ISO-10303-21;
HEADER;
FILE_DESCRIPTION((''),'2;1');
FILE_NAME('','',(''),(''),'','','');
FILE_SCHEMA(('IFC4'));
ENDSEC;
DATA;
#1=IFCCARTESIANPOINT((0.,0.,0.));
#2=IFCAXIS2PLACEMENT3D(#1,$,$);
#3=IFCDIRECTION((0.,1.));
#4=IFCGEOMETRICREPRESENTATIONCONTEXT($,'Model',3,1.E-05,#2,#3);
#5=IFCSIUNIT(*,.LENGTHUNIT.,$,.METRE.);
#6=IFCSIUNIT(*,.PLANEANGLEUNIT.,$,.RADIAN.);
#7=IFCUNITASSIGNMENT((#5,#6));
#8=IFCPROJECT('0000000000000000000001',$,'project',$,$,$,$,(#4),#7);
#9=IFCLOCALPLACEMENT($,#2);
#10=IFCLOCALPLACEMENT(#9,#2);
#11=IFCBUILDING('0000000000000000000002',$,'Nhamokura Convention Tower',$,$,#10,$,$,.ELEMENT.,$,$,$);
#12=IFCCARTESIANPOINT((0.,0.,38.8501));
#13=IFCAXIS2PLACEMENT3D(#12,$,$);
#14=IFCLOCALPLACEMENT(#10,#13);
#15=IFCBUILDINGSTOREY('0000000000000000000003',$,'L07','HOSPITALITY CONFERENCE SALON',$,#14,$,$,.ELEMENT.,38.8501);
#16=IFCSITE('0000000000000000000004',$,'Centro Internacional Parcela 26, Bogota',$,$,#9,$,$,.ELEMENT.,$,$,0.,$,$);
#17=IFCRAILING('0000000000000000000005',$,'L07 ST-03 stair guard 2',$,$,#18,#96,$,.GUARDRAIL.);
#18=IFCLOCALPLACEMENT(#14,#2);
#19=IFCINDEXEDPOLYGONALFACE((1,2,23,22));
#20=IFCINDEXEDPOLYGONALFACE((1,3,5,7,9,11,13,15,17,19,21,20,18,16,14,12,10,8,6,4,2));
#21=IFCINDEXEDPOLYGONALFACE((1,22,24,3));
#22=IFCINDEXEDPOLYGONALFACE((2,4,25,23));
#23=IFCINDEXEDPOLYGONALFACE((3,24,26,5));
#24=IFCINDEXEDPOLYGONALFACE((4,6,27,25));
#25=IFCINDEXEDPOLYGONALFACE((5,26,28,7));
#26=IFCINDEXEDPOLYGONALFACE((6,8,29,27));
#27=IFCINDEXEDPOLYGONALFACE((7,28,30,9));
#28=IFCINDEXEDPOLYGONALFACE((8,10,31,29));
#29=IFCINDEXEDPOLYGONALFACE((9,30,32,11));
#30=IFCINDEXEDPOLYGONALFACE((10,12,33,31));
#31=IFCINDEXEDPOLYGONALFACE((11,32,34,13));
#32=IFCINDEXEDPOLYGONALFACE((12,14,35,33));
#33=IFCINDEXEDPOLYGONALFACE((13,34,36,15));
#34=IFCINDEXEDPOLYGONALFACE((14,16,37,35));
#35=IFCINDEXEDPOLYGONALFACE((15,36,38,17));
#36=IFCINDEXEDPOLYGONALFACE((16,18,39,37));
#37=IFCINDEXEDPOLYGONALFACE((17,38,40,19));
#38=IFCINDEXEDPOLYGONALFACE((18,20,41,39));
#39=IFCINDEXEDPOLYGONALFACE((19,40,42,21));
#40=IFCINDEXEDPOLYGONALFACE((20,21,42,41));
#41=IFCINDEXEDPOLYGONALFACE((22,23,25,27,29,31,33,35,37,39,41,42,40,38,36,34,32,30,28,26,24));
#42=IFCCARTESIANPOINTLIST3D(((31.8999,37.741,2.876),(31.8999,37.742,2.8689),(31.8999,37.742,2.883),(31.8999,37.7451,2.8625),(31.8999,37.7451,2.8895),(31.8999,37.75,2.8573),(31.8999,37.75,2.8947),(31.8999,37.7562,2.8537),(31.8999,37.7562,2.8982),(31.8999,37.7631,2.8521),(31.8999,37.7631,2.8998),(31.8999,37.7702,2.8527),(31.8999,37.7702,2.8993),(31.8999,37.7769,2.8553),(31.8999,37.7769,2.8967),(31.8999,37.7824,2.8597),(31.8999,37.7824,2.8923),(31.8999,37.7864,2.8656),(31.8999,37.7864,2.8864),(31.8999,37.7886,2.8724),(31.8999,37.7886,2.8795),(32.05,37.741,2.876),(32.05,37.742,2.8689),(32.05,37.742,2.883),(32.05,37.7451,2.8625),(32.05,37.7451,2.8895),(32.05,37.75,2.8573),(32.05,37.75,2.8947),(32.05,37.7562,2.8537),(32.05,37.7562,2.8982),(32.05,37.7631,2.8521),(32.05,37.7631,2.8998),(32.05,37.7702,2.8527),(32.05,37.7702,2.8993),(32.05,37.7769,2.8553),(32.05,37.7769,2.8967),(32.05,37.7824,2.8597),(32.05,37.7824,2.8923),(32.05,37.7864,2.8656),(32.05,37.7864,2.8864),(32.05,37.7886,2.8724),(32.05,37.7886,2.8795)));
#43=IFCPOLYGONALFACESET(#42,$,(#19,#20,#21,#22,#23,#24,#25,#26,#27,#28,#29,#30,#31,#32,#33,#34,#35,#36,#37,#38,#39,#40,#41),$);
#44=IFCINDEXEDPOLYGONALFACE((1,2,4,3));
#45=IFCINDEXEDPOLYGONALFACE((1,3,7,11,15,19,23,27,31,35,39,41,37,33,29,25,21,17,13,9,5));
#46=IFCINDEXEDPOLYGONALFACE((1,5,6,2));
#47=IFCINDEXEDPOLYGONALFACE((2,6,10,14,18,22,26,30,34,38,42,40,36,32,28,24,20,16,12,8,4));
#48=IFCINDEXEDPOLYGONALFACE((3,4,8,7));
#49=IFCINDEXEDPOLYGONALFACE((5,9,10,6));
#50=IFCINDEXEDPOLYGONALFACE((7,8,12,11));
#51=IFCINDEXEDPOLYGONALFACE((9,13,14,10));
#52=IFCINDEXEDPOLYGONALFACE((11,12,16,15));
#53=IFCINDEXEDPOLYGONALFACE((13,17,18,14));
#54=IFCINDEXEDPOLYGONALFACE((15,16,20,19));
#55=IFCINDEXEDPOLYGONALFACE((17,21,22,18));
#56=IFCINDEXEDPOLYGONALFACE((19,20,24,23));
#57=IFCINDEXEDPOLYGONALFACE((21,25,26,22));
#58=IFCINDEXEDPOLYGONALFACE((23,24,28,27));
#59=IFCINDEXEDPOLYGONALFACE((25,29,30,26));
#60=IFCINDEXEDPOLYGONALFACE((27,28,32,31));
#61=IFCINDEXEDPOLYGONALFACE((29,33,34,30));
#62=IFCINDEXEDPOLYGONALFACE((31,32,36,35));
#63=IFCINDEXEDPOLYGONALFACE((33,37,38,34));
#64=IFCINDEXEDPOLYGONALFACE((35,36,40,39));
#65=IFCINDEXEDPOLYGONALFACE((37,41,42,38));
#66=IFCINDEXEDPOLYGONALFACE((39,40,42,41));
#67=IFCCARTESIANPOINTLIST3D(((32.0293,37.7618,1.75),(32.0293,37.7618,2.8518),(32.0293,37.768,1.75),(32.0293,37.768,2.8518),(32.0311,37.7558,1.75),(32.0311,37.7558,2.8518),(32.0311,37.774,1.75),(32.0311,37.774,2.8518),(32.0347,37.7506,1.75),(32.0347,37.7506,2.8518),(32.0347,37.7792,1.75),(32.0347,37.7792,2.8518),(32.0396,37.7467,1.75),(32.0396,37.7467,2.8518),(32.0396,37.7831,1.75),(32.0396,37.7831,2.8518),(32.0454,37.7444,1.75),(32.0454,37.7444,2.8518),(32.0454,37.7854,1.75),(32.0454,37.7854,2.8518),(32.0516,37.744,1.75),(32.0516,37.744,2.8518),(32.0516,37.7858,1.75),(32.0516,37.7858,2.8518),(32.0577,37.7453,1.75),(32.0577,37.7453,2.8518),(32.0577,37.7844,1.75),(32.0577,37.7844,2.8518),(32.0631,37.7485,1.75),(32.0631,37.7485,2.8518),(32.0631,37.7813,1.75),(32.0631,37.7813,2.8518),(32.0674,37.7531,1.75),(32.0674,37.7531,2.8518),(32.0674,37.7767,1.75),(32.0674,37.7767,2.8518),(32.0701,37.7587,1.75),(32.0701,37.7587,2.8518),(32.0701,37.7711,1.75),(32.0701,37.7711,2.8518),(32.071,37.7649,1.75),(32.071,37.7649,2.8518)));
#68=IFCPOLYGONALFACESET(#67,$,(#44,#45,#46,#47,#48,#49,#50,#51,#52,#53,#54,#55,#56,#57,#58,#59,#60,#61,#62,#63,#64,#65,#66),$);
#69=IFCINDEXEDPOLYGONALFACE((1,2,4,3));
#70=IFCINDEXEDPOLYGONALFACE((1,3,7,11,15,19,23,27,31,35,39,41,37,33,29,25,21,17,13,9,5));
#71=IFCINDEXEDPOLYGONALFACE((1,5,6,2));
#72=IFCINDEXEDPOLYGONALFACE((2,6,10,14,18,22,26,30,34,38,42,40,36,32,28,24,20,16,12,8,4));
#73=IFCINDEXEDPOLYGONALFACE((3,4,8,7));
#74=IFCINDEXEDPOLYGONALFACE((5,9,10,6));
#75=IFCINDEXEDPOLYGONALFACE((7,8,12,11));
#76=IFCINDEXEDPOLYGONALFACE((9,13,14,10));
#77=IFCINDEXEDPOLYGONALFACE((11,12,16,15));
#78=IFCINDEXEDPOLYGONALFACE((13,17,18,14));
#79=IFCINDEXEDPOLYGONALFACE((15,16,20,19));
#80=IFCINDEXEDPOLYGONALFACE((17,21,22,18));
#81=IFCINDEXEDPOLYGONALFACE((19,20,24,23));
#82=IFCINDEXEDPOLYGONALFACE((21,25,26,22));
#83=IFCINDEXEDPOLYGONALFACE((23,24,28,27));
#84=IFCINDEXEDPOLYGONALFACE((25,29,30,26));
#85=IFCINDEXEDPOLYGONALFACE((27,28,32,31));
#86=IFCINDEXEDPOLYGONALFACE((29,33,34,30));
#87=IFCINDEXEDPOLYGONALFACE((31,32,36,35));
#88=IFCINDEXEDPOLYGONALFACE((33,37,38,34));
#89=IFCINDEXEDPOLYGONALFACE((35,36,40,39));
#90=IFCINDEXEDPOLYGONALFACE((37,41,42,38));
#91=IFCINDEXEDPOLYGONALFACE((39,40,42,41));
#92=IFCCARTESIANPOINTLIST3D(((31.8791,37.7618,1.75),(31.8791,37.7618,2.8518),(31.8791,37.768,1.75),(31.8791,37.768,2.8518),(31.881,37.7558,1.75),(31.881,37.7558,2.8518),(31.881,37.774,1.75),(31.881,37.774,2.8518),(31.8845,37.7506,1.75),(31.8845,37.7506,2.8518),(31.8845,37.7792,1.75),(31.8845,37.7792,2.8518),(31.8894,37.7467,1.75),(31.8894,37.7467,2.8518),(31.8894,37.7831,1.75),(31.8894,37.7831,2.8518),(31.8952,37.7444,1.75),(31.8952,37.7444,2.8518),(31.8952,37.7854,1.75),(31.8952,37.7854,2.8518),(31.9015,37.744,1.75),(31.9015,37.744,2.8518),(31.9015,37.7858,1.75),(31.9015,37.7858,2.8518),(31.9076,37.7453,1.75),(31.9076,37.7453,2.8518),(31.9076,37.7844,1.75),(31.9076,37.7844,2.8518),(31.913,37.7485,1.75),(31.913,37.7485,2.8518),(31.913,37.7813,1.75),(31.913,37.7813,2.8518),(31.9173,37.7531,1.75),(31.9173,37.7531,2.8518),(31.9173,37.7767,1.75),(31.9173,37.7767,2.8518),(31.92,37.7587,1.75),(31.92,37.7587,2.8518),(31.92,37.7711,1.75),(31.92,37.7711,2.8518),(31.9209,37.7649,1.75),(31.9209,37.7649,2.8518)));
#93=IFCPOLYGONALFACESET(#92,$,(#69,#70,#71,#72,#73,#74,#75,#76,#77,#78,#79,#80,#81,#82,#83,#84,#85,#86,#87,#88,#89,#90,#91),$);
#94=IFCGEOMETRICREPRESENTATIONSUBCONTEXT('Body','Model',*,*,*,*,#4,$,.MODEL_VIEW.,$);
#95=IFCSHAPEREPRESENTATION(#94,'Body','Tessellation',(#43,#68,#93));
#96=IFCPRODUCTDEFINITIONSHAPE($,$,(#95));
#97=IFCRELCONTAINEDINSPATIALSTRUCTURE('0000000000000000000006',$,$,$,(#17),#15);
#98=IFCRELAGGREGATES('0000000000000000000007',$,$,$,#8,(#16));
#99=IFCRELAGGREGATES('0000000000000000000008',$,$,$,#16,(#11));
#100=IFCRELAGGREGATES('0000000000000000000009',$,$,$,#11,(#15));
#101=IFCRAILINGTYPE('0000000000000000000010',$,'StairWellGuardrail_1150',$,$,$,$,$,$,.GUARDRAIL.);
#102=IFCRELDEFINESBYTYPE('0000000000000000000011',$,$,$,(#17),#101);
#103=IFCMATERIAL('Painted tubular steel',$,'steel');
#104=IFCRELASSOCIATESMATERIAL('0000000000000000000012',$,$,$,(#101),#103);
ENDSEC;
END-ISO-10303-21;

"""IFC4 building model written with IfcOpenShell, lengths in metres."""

from ifc_helpers import new_model, si_unit, direction, frame, origin, origin_2d, place, context, subcontext, project, spatial, circle, extrude, material, type_object, element, save


model = new_model("IFC4")

# Units and contexts
model_context = context("Model", 3, precision=1e-05, world=origin(), true_north=direction((0.0, 1.0)))
body_context = subcontext(model_context, "Body", "Model", "MODEL_VIEW")
ifc_project = project(units=[si_unit("LENGTHUNIT", "METRE"), si_unit("PLANEANGLEUNIT", "RADIAN")], contexts=[model_context])

# Site, building, storey
site_placement = place(None, origin())
site = spatial("IfcSite", under=ifc_project, at=site_placement, Name="Centro Internacional Parcela 26, Bogota", CompositionType="ELEMENT", RefElevation=0.0)
building_placement = place(site_placement, origin())
building = spatial("IfcBuilding", under=site, at=building_placement, Name="Nhamokura Convention Tower", CompositionType="ELEMENT")
storey_placement = place(building_placement, frame((0.0, 0.0, 38.8501)))
storey = spatial("IfcBuildingStorey", under=building, at=storey_placement, Name="L07", Description="HOSPITALITY CONFERENCE SALON", CompositionType="ELEMENT", Elevation=38.8501)

# Railing
ifc_material_1 = material(Name="Painted tubular steel", Category="steel")
railing_type_1 = type_object("IfcRailingType", Name="StairWellGuardrail_1150", PredefinedType="GUARDRAIL", material=ifc_material_1)
railing_1_placement = place(storey_placement, frame((32.05, 37.7649, 1.75)))
element("IfcRailing", 1, at=railing_1_placement, inside=storey, type_object=railing_type_1, Name="L07 ST-03 stair guard 2", PredefinedType="GUARDRAIL", context=body_context, shape_type="SweptSolid", body=[
    extrude(circle(Radius=0.0239, at=origin_2d()), frame((0.0, 0.0, 1.126), z_axis=(-1.0, 0.0, 0.0), x_axis=(0.0, -1.0, 0.0)), (0.0, 0.0, 1.0), 0.1501),
    extrude(circle(Radius=0.021, at=origin_2d()), origin(), (0.0, 0.0, 1.0), 1.1018),
    extrude(circle(Radius=0.021, at=origin_2d()), frame((-0.1501, 0.0, 0.0)), (0.0, 0.0, 1.0), 1.1018),
])

save(model, "model.ifc")
